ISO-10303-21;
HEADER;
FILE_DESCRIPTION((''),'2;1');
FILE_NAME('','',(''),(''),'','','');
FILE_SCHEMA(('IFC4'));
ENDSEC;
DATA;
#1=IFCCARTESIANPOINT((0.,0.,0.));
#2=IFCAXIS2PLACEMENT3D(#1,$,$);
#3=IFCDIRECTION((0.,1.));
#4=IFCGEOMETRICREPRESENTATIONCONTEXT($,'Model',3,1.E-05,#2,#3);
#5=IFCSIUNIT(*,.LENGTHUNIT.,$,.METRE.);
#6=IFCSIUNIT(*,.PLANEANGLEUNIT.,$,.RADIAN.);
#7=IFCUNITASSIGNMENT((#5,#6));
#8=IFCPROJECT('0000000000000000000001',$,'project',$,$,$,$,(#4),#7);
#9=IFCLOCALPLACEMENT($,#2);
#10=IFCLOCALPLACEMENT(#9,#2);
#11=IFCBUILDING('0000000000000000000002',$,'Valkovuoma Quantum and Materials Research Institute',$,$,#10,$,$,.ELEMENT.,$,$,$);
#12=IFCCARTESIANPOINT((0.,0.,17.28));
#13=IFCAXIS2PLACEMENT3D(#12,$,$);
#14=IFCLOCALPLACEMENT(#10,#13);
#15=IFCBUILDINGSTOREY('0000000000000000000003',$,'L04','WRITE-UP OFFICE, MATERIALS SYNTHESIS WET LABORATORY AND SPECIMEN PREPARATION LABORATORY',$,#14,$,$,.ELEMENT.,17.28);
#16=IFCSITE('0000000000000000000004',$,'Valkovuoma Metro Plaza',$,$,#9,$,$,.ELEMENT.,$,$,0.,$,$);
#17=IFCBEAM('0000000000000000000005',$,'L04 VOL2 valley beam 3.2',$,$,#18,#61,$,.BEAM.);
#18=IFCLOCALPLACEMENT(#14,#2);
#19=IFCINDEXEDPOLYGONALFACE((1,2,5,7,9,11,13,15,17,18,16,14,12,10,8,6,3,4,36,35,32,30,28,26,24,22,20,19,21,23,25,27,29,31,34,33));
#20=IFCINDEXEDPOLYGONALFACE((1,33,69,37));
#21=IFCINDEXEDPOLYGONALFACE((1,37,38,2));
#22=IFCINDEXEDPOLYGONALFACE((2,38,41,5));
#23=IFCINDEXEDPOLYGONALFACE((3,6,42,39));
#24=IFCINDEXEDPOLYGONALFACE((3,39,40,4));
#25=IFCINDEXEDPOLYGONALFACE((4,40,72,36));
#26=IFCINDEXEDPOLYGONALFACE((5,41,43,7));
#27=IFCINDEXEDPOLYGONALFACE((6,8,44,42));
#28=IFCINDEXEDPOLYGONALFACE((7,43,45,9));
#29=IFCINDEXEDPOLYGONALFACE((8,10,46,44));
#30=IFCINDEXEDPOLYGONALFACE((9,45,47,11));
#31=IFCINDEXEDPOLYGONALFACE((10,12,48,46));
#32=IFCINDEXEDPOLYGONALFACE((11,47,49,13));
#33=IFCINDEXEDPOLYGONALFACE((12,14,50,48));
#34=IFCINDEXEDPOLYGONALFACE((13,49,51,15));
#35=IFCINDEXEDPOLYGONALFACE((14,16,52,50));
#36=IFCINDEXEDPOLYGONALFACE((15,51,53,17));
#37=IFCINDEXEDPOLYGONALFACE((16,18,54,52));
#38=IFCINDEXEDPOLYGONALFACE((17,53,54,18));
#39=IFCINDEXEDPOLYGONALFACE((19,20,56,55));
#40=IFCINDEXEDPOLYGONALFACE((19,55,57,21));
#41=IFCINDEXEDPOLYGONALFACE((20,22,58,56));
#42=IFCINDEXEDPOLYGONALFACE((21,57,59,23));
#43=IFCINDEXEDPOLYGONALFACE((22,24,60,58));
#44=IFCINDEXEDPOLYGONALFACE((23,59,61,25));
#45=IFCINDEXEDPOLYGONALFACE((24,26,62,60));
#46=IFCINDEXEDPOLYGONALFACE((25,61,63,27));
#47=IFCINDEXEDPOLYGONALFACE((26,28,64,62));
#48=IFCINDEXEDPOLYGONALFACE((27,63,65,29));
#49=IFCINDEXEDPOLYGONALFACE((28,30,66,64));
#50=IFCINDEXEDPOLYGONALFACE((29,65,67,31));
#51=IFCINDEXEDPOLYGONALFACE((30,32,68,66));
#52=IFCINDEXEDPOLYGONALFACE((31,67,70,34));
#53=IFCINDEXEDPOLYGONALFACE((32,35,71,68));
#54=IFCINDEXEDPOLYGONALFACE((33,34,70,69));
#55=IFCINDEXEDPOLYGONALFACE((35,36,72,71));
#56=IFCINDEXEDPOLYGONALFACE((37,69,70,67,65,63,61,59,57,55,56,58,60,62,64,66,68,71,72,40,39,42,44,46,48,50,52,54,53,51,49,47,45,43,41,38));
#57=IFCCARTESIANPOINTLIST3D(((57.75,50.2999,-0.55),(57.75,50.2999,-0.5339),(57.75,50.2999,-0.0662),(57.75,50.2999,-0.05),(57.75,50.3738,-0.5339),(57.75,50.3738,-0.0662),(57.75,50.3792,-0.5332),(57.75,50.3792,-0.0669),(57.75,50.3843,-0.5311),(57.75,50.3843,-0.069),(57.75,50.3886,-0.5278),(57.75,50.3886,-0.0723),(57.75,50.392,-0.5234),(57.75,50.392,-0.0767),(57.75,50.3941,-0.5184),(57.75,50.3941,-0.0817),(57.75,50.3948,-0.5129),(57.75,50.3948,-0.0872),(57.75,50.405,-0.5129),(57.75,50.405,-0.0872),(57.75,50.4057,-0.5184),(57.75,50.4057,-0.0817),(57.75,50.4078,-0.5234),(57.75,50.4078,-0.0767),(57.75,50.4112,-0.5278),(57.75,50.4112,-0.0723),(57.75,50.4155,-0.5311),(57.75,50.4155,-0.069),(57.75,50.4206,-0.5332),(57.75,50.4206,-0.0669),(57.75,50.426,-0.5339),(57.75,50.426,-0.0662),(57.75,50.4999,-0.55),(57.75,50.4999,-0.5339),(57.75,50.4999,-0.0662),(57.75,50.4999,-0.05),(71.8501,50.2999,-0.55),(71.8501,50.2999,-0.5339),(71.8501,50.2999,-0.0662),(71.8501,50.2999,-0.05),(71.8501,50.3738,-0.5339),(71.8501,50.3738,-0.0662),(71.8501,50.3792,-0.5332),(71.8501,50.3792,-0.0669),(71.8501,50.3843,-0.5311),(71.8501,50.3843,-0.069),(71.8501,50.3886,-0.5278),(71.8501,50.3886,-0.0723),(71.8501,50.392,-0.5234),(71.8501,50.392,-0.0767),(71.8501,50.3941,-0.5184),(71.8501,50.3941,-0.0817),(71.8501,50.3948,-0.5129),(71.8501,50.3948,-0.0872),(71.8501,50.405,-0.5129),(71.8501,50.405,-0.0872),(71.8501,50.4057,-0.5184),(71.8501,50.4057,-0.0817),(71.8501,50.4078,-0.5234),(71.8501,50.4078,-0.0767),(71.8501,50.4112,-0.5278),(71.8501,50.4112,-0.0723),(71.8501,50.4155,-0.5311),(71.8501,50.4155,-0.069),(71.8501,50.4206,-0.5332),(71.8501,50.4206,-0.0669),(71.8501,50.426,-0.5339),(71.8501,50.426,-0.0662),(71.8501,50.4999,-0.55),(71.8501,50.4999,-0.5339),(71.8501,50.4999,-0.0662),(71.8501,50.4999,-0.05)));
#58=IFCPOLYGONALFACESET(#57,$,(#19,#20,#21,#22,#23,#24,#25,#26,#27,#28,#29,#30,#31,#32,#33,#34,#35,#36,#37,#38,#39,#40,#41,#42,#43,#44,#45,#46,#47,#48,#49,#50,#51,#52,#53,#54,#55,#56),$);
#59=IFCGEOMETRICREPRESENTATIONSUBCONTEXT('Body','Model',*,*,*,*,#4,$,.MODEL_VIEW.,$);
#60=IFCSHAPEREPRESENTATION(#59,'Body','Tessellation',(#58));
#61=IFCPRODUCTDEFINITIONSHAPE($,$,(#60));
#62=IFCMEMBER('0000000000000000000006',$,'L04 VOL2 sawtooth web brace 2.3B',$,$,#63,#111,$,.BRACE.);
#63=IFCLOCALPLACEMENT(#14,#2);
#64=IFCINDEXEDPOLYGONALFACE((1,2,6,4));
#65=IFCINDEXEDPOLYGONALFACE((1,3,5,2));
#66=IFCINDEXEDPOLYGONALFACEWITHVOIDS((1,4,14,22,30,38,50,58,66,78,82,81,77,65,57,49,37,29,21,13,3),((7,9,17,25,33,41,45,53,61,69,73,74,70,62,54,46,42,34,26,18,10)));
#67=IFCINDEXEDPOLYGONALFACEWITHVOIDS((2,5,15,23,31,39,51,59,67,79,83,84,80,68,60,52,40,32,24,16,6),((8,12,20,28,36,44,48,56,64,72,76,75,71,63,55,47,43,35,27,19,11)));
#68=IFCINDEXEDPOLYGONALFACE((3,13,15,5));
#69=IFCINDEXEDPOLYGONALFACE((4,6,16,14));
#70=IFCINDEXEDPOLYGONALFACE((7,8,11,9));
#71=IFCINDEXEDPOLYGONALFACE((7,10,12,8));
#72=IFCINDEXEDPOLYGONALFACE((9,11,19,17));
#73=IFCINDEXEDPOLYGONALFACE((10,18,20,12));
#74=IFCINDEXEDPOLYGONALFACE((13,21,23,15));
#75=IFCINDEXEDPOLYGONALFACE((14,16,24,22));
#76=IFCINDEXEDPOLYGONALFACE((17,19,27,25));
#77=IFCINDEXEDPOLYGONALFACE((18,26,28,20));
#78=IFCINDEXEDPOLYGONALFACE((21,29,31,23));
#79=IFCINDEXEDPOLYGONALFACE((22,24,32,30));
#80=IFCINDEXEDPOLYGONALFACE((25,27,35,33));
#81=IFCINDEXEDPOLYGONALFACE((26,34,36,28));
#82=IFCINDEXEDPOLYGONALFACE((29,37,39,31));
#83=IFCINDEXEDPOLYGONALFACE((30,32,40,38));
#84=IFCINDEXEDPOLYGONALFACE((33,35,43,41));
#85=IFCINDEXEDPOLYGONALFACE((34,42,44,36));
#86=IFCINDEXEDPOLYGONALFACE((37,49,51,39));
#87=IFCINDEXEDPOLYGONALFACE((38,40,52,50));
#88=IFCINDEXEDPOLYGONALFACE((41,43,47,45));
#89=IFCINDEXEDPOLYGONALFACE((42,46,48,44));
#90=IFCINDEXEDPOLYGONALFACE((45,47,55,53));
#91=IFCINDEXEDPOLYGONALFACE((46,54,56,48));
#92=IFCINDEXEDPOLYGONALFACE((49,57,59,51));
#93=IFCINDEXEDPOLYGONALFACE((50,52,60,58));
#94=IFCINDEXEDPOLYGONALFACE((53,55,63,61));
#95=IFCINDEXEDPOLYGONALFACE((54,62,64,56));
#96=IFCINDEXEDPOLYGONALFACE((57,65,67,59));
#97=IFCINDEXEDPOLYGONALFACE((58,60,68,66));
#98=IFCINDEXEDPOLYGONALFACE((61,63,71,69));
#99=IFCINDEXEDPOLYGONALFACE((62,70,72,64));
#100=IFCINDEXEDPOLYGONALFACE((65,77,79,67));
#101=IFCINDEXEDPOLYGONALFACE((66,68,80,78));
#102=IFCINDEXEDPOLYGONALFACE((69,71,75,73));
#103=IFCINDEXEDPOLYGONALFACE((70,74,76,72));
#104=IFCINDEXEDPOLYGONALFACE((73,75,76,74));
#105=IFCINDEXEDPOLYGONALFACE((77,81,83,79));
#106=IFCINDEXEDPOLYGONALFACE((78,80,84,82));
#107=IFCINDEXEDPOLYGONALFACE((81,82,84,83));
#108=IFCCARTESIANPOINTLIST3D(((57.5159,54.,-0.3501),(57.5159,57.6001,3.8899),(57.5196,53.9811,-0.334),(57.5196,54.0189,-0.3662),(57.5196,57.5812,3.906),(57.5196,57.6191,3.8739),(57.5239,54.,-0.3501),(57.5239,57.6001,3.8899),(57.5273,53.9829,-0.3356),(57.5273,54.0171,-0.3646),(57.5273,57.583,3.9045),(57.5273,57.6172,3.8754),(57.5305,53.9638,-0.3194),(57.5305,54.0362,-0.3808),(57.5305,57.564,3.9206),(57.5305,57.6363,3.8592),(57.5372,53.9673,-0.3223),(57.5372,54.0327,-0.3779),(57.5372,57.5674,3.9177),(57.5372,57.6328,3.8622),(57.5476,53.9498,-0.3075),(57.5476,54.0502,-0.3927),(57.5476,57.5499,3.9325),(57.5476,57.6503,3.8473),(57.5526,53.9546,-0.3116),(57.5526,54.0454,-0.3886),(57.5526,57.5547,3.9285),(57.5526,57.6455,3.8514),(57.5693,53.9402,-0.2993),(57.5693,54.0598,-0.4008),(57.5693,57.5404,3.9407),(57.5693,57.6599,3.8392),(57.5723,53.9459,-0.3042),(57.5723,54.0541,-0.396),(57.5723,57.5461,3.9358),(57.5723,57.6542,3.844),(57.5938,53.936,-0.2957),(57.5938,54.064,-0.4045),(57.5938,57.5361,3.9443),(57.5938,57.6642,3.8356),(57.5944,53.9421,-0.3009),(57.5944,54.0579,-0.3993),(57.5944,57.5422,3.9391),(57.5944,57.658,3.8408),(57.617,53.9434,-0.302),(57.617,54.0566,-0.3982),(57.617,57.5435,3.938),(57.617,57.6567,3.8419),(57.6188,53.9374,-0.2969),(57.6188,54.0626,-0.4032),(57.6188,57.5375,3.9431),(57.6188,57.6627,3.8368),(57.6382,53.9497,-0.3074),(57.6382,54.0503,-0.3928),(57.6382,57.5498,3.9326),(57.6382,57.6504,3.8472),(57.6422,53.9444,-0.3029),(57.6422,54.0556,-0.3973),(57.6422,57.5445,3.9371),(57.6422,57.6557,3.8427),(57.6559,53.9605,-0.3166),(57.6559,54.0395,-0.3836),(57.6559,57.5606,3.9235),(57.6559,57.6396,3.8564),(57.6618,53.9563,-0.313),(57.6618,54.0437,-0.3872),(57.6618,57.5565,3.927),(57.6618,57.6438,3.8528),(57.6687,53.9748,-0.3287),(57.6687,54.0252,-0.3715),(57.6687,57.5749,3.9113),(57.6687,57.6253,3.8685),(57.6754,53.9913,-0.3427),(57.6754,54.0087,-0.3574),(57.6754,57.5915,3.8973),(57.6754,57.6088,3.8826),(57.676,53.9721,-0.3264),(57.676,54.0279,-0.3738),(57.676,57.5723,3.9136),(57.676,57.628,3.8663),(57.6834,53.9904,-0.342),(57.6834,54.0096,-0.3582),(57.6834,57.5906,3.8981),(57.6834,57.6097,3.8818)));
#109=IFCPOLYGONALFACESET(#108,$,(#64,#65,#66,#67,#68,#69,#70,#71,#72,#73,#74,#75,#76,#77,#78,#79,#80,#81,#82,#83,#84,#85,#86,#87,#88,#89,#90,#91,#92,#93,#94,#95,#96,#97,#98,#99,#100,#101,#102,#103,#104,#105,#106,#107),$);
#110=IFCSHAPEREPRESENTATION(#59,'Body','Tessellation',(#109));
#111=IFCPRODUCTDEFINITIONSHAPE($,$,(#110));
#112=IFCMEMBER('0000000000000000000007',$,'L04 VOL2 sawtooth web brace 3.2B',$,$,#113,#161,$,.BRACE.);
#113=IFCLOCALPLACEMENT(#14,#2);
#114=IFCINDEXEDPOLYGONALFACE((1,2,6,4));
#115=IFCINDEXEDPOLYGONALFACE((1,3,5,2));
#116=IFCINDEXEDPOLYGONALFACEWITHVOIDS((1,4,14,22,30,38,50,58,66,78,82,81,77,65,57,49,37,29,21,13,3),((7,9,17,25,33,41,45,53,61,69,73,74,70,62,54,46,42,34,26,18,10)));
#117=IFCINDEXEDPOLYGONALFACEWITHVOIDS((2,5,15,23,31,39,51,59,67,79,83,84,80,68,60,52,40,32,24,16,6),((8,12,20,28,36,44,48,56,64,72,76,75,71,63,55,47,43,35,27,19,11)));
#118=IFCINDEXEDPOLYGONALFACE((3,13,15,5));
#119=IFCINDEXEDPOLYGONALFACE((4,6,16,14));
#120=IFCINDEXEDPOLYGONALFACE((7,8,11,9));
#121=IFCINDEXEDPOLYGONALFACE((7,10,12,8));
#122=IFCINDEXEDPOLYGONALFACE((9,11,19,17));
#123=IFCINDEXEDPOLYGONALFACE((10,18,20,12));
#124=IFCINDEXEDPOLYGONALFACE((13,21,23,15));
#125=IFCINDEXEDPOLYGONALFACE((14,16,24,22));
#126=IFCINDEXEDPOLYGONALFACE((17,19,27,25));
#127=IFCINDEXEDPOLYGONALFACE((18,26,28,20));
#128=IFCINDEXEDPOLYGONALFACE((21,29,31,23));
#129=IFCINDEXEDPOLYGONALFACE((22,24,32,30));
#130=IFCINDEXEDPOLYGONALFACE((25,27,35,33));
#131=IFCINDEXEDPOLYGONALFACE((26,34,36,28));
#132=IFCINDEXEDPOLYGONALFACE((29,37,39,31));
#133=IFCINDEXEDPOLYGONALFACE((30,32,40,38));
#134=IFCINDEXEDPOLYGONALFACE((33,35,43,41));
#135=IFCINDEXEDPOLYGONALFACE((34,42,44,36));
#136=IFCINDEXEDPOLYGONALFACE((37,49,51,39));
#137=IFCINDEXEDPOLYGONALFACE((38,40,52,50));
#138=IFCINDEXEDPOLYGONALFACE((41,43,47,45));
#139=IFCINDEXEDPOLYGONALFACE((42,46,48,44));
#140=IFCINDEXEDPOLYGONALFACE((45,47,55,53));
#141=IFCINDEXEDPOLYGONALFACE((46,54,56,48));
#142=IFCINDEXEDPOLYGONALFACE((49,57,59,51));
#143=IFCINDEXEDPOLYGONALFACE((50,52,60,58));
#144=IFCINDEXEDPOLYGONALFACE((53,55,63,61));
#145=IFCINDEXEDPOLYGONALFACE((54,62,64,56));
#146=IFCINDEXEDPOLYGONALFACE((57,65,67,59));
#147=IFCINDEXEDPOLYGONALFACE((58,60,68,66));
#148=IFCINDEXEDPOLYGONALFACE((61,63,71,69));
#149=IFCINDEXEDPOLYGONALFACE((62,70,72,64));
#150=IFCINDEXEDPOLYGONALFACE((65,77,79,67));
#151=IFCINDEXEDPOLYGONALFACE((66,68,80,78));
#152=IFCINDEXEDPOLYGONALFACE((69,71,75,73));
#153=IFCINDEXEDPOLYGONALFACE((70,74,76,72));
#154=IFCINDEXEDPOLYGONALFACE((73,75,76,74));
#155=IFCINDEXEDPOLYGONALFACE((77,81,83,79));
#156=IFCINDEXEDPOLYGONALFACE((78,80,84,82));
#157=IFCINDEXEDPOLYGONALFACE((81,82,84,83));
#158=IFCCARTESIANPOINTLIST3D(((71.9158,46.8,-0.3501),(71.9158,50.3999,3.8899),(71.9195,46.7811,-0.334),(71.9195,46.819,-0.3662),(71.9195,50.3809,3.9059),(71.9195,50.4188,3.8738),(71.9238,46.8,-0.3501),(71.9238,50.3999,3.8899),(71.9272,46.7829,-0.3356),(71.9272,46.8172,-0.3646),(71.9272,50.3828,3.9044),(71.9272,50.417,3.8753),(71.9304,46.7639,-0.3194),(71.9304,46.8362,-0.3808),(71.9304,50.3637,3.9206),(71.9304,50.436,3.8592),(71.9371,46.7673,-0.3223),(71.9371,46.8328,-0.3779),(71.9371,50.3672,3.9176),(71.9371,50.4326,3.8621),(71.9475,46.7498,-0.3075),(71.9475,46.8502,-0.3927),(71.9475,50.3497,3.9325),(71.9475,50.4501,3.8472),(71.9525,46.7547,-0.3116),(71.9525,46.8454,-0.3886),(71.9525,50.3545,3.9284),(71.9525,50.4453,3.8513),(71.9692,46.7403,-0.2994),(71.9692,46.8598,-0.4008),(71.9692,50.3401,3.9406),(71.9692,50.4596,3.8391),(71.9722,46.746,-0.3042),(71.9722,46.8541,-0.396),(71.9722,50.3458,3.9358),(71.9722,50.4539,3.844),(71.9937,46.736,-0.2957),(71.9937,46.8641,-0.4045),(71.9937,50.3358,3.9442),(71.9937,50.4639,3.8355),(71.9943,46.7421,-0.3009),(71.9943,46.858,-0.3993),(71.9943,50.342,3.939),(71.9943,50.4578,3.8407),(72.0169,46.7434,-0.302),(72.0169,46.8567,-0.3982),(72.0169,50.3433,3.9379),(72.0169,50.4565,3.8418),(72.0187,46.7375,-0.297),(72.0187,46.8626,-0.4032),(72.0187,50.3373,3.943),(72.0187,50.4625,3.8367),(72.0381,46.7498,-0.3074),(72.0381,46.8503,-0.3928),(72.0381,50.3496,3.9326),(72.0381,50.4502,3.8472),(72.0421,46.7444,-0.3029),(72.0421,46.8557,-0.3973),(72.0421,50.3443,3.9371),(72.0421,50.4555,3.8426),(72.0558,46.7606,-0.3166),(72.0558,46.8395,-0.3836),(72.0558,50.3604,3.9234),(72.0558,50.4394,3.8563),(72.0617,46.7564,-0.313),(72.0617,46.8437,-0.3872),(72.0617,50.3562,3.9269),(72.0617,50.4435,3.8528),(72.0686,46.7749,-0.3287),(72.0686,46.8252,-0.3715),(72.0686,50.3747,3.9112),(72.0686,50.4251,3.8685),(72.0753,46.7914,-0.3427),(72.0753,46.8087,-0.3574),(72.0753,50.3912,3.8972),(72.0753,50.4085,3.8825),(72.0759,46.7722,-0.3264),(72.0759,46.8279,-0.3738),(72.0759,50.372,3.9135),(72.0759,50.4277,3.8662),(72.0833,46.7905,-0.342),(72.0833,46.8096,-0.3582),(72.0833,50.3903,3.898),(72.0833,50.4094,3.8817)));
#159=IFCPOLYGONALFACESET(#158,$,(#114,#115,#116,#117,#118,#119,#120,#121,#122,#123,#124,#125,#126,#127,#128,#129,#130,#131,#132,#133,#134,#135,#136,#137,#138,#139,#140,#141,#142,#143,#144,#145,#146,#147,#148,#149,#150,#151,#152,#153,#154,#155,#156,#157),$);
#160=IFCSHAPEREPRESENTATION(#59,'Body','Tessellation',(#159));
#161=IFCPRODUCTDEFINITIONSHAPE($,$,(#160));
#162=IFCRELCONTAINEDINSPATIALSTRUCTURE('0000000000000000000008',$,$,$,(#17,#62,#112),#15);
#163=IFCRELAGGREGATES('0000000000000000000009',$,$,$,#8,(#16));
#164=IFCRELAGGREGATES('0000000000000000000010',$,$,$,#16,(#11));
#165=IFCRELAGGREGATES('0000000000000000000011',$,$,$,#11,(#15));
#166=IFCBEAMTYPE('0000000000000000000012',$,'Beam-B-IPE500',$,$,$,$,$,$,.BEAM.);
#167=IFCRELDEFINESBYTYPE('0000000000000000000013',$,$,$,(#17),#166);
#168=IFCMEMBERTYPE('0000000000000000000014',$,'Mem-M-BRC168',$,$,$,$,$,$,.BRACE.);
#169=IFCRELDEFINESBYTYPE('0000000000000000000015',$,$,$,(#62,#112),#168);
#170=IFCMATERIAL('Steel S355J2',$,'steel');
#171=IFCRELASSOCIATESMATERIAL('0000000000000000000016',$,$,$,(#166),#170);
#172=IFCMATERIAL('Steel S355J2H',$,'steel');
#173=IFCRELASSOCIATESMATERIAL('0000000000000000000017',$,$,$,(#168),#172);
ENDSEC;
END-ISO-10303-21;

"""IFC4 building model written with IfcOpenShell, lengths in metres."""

from ifc_helpers import new_model, si_unit, direction, frame, origin, origin_2d, place, context, subcontext, project, spatial, hollow_circle, i_section, extrude, material, material_profile, profile_set, type_object, element, save


model = new_model("IFC4")

# Units and contexts
model_context = context("Model", 3, precision=1e-05, world=origin(), true_north=direction((0.0, 1.0)))
body_context = subcontext(model_context, "Body", "Model", "MODEL_VIEW")
ifc_project = project(units=[si_unit("LENGTHUNIT", "METRE"), si_unit("PLANEANGLEUNIT", "RADIAN")], contexts=[model_context])

# Site, building, storey
site_placement = place(None, origin())
site = spatial("IfcSite", under=ifc_project, at=site_placement, Name="Valkovuoma Metro Plaza", CompositionType="ELEMENT", RefElevation=0.0)
building_placement = place(site_placement, origin())
building = spatial("IfcBuilding", under=site, at=building_placement, Name="Valkovuoma Quantum and Materials Research Institute", CompositionType="ELEMENT")
storey_placement = place(building_placement, frame((0.0, 0.0, 17.28)))
storey = spatial("IfcBuildingStorey", under=building, at=storey_placement, Name="L04", Description="WRITE-UP OFFICE, MATERIALS SYNTHESIS WET LABORATORY AND SPECIMEN PREPARATION LABORATORY", CompositionType="ELEMENT", Elevation=17.28)

# Beam
ifc_material_1 = material(Name="Steel S355J2", Category="steel")
ifc_material_profile_1 = material_profile(ifc_material_1, i_section(OverallWidth=0.2, OverallDepth=0.5, WebThickness=0.0103, FlangeThickness=0.0161, FilletRadius=0.021, at=origin_2d()), Name="Steel S355J2")
ifc_profile_set_1 = profile_set([ifc_material_profile_1], Name="Steel S355J2")
beam_type = type_object("IfcBeamType", Name="Beam-B-IPE500", PredefinedType="BEAM", material=ifc_profile_set_1)
beam_placement = place(storey_placement, frame((57.75, 50.3999, -0.3), z_axis=(1.0, 0.0, 0.0), x_axis=(0.0, 1.0, 0.0)))
element("IfcBeam", 1, at=beam_placement, inside=storey, type_object=beam_type, Name="L04 VOL2 valley beam 3.2", PredefinedType="BEAM", context=body_context, shape_type="SweptSolid", body=[
    extrude(i_section(OverallWidth=0.2, OverallDepth=0.5, WebThickness=0.0103, FlangeThickness=0.0161, FilletRadius=0.021, at=origin_2d()), origin(), (0.0, 0.0, 1.0), 14.1001),
])

# Members
ifc_material_2 = material(Name="Steel S355J2H", Category="steel")
ifc_material_profile_2 = material_profile(ifc_material_2, hollow_circle(Radius=0.0842, WallThickness=0.0081, at=origin_2d()), Name="Steel S355J2H")
ifc_profile_set_2 = profile_set([ifc_material_profile_2], Name="Steel S355J2H")
member_type_1 = type_object("IfcMemberType", Name="Mem-M-BRC168", PredefinedType="BRACE", material=ifc_profile_set_2)
member_1_placement = place(storey_placement, frame((57.6001, 54.0, -0.3501), z_axis=(0.0, 0.647242, 0.762285), x_axis=(-1.0, 0.0, 0.0)))
element("IfcMember", 2, at=member_1_placement, inside=storey, type_object=member_type_1, Name="L04 VOL2 sawtooth web brace 2.3B", PredefinedType="BRACE", context=body_context, shape_type="SweptSolid", body=[
    extrude(hollow_circle(Radius=0.0842, WallThickness=0.0081, at=origin_2d()), origin(), (0.0, 0.0, 1.0), 5.5623),
])
member_2_placement = place(storey_placement, frame((72.0, 46.8, -0.3501), z_axis=(0.0, 0.647216, 0.762306), x_axis=(-1.0, 0.0, 0.0)))
element("IfcMember", 3, at=member_2_placement, inside=storey, type_object=member_type_1, Name="L04 VOL2 sawtooth web brace 3.2B", PredefinedType="BRACE", context=body_context, shape_type="SweptSolid", body=[
    extrude(hollow_circle(Radius=0.0842, WallThickness=0.0081, at=origin_2d()), origin(), (0.0, 0.0, 1.0), 5.562),
])

save(model, "model.ifc")
